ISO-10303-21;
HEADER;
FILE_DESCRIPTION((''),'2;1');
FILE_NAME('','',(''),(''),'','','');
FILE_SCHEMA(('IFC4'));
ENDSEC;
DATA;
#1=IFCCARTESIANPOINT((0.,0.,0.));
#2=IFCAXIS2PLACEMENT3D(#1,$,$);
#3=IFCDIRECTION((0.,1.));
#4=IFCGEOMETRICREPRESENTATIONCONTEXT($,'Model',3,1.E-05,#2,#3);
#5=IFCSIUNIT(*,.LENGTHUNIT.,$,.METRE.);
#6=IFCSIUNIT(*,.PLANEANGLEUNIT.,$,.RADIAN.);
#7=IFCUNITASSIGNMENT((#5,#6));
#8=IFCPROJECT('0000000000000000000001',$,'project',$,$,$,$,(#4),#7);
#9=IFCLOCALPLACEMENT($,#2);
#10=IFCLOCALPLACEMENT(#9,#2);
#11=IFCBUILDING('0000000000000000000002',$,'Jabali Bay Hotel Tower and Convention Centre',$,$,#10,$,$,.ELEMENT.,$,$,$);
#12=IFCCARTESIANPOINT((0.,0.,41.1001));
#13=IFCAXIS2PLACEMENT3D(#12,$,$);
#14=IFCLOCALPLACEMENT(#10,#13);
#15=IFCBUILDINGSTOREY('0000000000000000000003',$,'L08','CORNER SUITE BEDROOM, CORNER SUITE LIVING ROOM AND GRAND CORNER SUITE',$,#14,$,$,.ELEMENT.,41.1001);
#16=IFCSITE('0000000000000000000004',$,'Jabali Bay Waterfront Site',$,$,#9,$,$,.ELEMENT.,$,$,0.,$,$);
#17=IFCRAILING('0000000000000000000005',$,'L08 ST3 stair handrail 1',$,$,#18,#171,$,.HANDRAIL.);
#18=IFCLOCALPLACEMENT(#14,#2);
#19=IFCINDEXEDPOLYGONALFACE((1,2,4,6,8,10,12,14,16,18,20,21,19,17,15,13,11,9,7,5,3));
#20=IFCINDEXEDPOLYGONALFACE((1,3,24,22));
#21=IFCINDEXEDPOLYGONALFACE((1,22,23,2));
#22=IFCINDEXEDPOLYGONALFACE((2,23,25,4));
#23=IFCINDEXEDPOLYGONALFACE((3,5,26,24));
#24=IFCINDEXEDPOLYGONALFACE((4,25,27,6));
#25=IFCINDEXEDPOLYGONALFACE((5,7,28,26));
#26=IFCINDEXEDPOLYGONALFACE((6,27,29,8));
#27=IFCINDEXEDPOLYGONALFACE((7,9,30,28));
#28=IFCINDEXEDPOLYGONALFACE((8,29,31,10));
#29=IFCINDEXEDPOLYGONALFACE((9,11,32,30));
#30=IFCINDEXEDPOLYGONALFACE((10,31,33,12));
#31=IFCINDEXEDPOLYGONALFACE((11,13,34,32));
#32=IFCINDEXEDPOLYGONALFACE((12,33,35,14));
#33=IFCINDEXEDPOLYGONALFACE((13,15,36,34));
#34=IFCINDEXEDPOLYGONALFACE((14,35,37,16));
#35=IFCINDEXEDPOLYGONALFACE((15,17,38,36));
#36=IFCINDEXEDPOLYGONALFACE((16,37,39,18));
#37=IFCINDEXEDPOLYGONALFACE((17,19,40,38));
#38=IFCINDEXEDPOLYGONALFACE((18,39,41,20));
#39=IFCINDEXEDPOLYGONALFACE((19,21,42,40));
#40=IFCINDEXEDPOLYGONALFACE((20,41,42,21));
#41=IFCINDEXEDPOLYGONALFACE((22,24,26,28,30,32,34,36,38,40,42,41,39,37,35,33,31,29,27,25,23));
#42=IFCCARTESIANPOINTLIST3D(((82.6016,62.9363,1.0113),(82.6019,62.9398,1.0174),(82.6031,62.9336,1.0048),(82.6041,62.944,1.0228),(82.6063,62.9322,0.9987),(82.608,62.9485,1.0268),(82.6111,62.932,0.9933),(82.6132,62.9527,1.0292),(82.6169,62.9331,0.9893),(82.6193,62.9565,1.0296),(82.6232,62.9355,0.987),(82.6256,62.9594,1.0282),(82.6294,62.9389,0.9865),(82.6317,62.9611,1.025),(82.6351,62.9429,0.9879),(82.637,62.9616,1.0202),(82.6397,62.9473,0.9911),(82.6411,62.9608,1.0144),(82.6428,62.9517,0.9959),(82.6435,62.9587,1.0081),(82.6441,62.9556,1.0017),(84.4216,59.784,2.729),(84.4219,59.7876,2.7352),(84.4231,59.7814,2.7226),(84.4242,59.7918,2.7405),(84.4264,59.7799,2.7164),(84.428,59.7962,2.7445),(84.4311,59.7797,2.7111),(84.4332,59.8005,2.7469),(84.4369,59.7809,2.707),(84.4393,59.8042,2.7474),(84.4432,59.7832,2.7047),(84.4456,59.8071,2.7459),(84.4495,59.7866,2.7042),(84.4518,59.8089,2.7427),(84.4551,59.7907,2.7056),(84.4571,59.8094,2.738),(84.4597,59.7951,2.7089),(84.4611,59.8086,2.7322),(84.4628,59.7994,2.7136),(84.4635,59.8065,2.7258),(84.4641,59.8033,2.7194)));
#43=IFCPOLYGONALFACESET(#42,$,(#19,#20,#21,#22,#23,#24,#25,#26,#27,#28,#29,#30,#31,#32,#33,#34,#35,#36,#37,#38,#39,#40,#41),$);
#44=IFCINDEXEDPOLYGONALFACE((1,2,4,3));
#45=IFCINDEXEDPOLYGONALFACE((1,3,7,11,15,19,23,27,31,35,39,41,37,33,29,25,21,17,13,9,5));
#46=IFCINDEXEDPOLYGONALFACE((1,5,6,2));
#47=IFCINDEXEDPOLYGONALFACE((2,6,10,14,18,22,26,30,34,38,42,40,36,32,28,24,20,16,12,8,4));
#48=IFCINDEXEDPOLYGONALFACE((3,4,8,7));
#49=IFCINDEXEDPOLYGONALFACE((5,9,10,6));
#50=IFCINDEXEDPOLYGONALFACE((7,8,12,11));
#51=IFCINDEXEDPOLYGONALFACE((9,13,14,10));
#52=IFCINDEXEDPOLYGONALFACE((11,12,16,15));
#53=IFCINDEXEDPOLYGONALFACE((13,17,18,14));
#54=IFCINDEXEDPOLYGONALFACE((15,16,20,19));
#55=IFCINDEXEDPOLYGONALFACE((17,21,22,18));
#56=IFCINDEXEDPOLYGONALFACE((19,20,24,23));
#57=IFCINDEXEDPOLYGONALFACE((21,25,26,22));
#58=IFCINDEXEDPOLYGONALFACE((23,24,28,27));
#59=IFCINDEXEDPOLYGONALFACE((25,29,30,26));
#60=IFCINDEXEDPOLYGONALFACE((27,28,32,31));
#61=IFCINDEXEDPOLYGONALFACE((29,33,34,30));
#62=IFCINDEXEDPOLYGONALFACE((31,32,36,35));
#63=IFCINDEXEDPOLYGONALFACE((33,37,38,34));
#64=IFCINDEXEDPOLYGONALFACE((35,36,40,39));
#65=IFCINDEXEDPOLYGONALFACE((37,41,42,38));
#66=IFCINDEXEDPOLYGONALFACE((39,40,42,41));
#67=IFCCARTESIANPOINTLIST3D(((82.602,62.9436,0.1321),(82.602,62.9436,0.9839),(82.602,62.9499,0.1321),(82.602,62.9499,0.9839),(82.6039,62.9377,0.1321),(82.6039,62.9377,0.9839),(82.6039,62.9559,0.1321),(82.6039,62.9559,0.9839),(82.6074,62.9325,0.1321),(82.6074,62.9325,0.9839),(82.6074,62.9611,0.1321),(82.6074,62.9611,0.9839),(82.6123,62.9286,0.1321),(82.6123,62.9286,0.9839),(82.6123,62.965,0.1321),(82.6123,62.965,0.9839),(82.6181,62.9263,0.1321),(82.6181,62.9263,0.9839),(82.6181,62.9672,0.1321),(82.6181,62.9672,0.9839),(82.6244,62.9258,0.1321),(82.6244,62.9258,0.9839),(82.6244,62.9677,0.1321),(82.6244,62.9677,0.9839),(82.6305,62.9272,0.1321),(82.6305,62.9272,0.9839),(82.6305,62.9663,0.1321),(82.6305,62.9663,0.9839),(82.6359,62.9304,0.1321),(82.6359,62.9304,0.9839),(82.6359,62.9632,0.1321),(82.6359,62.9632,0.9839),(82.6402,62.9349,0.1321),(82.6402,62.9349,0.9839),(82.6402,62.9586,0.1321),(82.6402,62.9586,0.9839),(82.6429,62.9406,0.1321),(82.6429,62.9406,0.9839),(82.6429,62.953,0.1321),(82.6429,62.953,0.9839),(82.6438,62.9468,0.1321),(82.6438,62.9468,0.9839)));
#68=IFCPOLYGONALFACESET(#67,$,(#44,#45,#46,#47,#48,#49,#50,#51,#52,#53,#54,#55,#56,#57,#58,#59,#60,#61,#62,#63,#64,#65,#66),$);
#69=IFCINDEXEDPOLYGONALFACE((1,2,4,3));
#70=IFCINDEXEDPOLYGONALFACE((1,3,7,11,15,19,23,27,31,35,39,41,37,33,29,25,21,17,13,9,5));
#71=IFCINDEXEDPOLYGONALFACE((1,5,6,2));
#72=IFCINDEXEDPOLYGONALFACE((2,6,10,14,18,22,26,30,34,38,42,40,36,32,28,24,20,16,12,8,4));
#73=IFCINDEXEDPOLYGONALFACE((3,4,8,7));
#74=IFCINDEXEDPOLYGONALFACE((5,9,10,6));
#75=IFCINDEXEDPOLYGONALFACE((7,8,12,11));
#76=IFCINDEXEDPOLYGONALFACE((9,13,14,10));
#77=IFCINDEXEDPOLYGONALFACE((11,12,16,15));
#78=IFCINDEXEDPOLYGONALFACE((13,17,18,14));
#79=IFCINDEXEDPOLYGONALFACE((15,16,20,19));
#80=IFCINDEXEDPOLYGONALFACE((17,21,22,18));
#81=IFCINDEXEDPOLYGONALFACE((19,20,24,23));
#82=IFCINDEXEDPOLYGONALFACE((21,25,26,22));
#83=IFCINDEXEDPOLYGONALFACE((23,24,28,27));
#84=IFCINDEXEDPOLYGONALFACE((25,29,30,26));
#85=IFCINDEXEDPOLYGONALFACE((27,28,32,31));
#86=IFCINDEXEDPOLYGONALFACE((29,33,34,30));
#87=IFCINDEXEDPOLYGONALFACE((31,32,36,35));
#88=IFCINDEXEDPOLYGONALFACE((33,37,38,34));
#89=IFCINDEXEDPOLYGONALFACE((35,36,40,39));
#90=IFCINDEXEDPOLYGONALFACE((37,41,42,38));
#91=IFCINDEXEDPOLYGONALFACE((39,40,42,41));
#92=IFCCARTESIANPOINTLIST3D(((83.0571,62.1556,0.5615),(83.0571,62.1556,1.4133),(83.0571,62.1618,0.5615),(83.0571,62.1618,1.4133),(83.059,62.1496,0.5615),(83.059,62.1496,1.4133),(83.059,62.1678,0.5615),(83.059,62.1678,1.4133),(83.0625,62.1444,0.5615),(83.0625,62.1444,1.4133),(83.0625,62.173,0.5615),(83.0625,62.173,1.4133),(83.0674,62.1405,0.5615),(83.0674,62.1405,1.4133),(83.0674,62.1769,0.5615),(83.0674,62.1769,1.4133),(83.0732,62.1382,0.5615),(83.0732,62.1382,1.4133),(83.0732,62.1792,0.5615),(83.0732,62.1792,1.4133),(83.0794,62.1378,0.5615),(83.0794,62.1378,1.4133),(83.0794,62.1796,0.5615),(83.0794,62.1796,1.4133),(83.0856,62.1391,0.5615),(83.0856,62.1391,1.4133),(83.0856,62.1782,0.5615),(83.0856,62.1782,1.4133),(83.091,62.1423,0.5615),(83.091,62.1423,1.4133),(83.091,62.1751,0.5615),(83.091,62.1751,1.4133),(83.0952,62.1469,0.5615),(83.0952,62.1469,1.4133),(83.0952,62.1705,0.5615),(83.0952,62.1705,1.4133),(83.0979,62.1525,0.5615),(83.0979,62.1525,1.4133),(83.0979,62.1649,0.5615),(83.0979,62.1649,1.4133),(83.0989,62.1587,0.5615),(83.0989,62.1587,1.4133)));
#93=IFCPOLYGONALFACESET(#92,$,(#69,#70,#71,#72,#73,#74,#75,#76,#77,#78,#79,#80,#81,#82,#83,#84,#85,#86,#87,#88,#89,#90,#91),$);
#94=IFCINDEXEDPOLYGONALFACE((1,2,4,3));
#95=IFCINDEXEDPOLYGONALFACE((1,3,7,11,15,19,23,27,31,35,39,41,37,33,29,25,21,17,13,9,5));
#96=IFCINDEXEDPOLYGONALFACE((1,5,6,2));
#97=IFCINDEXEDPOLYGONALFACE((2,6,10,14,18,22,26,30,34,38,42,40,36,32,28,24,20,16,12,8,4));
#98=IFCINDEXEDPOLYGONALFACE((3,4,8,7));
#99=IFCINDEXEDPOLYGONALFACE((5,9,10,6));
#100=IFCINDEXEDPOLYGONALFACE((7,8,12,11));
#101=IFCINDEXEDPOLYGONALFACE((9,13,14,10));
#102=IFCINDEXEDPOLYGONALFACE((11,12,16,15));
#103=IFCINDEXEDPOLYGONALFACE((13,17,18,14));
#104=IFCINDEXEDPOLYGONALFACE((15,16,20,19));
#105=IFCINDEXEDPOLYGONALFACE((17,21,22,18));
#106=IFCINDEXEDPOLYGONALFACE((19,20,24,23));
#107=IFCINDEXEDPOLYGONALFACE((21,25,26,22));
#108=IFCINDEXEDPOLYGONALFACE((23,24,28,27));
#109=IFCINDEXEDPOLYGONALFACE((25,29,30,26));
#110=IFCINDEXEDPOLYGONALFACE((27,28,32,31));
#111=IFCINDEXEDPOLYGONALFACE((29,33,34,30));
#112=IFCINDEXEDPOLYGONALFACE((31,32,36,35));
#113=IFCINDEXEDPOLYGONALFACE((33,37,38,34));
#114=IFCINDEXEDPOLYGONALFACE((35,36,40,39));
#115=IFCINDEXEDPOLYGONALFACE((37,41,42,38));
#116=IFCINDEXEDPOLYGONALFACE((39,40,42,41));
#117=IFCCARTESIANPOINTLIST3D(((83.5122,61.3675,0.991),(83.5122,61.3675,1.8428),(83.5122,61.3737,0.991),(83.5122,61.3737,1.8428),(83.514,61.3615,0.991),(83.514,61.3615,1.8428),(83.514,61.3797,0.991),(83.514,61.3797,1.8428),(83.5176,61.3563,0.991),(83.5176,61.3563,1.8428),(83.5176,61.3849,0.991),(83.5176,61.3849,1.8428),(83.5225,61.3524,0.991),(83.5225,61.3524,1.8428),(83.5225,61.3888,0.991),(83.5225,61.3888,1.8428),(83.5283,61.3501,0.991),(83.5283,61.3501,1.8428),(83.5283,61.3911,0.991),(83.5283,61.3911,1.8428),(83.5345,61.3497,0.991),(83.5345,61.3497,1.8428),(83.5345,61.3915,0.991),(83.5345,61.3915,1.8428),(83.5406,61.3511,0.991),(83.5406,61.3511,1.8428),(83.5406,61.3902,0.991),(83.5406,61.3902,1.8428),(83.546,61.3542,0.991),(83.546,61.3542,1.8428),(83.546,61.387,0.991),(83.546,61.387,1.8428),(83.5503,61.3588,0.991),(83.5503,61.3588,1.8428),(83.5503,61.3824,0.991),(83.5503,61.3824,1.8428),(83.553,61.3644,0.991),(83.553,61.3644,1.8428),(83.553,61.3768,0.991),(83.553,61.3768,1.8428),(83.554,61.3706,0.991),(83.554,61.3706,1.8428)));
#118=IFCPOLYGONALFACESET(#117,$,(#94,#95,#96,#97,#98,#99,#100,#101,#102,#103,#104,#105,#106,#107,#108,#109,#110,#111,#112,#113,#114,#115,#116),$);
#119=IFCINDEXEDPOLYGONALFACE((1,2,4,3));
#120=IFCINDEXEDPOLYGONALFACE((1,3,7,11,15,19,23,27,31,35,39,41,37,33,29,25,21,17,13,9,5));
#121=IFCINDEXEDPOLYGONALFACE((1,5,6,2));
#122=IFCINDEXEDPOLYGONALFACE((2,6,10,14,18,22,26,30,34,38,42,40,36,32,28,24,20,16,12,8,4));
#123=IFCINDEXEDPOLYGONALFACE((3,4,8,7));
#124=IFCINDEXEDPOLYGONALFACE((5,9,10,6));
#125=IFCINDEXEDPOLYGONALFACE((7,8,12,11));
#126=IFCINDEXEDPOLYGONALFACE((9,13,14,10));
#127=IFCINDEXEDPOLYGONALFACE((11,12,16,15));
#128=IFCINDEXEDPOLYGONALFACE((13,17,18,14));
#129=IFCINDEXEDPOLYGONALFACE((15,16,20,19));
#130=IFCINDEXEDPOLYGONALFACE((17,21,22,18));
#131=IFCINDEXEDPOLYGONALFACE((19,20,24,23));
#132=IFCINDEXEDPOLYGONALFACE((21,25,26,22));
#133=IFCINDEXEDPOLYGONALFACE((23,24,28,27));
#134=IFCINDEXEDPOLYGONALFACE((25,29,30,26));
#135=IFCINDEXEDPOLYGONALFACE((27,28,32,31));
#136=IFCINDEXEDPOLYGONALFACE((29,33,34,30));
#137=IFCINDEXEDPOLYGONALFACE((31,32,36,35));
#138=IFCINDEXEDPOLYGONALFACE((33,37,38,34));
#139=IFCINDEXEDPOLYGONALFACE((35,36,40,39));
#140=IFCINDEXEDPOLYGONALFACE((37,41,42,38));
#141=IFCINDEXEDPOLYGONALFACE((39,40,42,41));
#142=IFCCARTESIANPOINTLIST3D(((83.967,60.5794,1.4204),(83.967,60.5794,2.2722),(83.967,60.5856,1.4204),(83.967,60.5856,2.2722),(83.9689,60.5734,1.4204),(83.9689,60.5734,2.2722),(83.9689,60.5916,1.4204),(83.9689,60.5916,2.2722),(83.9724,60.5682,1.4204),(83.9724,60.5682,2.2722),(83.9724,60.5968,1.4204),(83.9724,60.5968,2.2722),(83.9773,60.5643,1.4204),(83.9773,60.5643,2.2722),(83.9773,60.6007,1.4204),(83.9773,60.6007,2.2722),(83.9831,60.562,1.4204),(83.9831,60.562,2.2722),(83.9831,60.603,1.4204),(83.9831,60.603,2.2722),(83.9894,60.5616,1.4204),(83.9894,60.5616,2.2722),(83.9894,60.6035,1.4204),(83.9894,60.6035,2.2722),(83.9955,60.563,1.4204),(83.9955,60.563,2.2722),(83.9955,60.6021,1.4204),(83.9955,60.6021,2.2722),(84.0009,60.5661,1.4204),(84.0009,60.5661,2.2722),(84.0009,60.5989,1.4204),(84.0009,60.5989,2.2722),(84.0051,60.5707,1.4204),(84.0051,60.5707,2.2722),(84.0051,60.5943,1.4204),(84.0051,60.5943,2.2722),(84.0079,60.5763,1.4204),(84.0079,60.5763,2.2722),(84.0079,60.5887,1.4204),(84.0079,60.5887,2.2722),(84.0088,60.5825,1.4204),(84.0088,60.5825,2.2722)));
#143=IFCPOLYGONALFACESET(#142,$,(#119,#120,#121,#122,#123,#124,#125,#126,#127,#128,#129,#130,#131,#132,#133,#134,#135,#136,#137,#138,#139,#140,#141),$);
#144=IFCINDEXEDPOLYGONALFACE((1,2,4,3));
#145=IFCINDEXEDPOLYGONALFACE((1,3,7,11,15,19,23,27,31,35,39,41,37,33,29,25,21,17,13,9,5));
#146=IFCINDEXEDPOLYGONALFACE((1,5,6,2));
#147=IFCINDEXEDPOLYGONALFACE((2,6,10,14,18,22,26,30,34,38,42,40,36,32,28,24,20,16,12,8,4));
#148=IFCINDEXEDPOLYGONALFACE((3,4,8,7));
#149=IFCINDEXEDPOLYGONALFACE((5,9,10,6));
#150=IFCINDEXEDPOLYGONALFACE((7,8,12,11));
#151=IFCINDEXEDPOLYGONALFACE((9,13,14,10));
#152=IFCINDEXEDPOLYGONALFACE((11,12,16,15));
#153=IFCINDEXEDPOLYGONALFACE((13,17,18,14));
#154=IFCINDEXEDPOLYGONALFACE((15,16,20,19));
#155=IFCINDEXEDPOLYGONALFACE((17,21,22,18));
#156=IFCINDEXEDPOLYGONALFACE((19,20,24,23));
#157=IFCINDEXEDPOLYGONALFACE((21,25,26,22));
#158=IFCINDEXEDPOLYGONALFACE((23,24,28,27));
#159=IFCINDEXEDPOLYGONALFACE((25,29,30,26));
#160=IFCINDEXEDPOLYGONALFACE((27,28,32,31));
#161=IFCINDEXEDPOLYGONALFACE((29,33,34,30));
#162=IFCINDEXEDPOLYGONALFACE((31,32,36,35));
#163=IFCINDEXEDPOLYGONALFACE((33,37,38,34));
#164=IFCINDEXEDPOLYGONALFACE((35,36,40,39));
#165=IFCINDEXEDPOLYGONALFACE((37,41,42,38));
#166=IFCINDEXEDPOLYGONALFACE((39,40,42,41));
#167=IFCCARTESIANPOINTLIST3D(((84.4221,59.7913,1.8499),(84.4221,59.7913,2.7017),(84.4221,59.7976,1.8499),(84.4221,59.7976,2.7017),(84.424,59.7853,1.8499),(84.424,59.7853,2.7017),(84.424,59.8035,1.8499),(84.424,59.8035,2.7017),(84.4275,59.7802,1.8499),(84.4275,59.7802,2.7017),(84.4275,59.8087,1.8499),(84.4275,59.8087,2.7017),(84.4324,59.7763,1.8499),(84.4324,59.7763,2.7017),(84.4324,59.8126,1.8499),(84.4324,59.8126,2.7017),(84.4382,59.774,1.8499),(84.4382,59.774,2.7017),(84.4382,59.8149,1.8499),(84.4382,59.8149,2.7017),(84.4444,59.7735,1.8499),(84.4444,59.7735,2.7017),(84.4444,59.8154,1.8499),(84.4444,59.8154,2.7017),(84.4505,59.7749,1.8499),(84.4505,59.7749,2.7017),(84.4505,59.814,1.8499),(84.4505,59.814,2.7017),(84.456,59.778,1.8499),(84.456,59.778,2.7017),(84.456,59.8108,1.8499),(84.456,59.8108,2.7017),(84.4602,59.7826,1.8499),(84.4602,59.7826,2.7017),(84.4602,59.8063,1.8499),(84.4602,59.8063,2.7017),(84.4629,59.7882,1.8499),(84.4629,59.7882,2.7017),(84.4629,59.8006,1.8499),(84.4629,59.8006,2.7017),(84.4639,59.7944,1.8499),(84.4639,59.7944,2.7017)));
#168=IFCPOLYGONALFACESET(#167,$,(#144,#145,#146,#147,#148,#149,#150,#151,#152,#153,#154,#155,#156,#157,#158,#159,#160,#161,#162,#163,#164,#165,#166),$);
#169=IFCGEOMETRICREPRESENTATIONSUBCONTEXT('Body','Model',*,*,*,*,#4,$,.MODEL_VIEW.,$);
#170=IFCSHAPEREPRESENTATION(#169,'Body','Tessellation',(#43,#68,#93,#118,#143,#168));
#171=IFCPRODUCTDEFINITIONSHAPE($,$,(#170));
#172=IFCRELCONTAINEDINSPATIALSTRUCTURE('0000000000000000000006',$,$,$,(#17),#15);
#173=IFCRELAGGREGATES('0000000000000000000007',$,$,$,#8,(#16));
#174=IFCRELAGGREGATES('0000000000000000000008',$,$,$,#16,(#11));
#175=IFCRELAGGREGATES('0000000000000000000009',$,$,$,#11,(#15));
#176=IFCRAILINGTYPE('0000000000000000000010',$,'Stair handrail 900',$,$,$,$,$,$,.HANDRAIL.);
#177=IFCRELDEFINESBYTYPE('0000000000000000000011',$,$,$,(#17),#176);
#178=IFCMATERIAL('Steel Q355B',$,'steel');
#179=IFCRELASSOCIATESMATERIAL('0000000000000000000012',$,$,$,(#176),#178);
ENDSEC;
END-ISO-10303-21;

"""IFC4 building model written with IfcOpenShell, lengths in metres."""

from ifc_helpers import new_model, si_unit, direction, frame, origin, origin_2d, place, context, subcontext, project, spatial, circle, extrude, material, type_object, element, save


model = new_model("IFC4")

# Units and contexts
model_context = context("Model", 3, precision=1e-05, world=origin(), true_north=direction((0.0, 1.0)))
body_context = subcontext(model_context, "Body", "Model", "MODEL_VIEW")
ifc_project = project(units=[si_unit("LENGTHUNIT", "METRE"), si_unit("PLANEANGLEUNIT", "RADIAN")], contexts=[model_context])

# Site, building, storey
site_placement = place(None, origin())
site = spatial("IfcSite", under=ifc_project, at=site_placement, Name="Jabali Bay Waterfront Site", CompositionType="ELEMENT", RefElevation=0.0)
building_placement = place(site_placement, origin())
building = spatial("IfcBuilding", under=site, at=building_placement, Name="Jabali Bay Hotel Tower and Convention Centre", CompositionType="ELEMENT")
storey_placement = place(building_placement, frame((0.0, 0.0, 41.1001)))
storey = spatial("IfcBuildingStorey", under=building, at=storey_placement, Name="L08", Description="CORNER SUITE BEDROOM, CORNER SUITE LIVING ROOM AND GRAND CORNER SUITE", CompositionType="ELEMENT", Elevation=41.1001)

# Railing
ifc_material_1 = material(Name="Steel Q355B", Category="steel")
railing_type_1 = type_object("IfcRailingType", Name="Stair handrail 900", PredefinedType="HANDRAIL", material=ifc_material_1)
railing_1_placement = place(storey_placement, frame((82.6228, 62.9468, 0.1321)))
element("IfcRailing", 1, at=railing_1_placement, inside=storey, type_object=railing_type_1, Name="L08 ST3 stair handrail 1", PredefinedType="HANDRAIL", context=body_context, shape_type="SweptSolid", body=[
    extrude(circle(Radius=0.0239, at=origin_2d()), frame((0.0, 0.0, 0.876), z_axis=(0.45219, -0.78319, 0.426775), x_axis=(0.866018, 0.500013, 0.0)), (0.0, 0.0, 1.0), 4.0249),
    extrude(circle(Radius=0.021, at=origin_2d()), origin(), (0.0, 0.0, 1.0), 0.8518),
    extrude(circle(Radius=0.021, at=origin_2d()), frame((0.4551, -0.7881, 0.4294)), (0.0, 0.0, 1.0), 0.8518),
    extrude(circle(Radius=0.021, at=origin_2d()), frame((0.9102, -1.5762, 0.8589)), (0.0, 0.0, 1.0), 0.8518),
    extrude(circle(Radius=0.021, at=origin_2d()), frame((1.365, -2.3643, 1.2883)), (0.0, 0.0, 1.0), 0.8518),
    extrude(circle(Radius=0.021, at=origin_2d()), frame((1.8201, -3.1523, 1.7178)), (0.0, 0.0, 1.0), 0.8518),
])

save(model, "model.ifc")
